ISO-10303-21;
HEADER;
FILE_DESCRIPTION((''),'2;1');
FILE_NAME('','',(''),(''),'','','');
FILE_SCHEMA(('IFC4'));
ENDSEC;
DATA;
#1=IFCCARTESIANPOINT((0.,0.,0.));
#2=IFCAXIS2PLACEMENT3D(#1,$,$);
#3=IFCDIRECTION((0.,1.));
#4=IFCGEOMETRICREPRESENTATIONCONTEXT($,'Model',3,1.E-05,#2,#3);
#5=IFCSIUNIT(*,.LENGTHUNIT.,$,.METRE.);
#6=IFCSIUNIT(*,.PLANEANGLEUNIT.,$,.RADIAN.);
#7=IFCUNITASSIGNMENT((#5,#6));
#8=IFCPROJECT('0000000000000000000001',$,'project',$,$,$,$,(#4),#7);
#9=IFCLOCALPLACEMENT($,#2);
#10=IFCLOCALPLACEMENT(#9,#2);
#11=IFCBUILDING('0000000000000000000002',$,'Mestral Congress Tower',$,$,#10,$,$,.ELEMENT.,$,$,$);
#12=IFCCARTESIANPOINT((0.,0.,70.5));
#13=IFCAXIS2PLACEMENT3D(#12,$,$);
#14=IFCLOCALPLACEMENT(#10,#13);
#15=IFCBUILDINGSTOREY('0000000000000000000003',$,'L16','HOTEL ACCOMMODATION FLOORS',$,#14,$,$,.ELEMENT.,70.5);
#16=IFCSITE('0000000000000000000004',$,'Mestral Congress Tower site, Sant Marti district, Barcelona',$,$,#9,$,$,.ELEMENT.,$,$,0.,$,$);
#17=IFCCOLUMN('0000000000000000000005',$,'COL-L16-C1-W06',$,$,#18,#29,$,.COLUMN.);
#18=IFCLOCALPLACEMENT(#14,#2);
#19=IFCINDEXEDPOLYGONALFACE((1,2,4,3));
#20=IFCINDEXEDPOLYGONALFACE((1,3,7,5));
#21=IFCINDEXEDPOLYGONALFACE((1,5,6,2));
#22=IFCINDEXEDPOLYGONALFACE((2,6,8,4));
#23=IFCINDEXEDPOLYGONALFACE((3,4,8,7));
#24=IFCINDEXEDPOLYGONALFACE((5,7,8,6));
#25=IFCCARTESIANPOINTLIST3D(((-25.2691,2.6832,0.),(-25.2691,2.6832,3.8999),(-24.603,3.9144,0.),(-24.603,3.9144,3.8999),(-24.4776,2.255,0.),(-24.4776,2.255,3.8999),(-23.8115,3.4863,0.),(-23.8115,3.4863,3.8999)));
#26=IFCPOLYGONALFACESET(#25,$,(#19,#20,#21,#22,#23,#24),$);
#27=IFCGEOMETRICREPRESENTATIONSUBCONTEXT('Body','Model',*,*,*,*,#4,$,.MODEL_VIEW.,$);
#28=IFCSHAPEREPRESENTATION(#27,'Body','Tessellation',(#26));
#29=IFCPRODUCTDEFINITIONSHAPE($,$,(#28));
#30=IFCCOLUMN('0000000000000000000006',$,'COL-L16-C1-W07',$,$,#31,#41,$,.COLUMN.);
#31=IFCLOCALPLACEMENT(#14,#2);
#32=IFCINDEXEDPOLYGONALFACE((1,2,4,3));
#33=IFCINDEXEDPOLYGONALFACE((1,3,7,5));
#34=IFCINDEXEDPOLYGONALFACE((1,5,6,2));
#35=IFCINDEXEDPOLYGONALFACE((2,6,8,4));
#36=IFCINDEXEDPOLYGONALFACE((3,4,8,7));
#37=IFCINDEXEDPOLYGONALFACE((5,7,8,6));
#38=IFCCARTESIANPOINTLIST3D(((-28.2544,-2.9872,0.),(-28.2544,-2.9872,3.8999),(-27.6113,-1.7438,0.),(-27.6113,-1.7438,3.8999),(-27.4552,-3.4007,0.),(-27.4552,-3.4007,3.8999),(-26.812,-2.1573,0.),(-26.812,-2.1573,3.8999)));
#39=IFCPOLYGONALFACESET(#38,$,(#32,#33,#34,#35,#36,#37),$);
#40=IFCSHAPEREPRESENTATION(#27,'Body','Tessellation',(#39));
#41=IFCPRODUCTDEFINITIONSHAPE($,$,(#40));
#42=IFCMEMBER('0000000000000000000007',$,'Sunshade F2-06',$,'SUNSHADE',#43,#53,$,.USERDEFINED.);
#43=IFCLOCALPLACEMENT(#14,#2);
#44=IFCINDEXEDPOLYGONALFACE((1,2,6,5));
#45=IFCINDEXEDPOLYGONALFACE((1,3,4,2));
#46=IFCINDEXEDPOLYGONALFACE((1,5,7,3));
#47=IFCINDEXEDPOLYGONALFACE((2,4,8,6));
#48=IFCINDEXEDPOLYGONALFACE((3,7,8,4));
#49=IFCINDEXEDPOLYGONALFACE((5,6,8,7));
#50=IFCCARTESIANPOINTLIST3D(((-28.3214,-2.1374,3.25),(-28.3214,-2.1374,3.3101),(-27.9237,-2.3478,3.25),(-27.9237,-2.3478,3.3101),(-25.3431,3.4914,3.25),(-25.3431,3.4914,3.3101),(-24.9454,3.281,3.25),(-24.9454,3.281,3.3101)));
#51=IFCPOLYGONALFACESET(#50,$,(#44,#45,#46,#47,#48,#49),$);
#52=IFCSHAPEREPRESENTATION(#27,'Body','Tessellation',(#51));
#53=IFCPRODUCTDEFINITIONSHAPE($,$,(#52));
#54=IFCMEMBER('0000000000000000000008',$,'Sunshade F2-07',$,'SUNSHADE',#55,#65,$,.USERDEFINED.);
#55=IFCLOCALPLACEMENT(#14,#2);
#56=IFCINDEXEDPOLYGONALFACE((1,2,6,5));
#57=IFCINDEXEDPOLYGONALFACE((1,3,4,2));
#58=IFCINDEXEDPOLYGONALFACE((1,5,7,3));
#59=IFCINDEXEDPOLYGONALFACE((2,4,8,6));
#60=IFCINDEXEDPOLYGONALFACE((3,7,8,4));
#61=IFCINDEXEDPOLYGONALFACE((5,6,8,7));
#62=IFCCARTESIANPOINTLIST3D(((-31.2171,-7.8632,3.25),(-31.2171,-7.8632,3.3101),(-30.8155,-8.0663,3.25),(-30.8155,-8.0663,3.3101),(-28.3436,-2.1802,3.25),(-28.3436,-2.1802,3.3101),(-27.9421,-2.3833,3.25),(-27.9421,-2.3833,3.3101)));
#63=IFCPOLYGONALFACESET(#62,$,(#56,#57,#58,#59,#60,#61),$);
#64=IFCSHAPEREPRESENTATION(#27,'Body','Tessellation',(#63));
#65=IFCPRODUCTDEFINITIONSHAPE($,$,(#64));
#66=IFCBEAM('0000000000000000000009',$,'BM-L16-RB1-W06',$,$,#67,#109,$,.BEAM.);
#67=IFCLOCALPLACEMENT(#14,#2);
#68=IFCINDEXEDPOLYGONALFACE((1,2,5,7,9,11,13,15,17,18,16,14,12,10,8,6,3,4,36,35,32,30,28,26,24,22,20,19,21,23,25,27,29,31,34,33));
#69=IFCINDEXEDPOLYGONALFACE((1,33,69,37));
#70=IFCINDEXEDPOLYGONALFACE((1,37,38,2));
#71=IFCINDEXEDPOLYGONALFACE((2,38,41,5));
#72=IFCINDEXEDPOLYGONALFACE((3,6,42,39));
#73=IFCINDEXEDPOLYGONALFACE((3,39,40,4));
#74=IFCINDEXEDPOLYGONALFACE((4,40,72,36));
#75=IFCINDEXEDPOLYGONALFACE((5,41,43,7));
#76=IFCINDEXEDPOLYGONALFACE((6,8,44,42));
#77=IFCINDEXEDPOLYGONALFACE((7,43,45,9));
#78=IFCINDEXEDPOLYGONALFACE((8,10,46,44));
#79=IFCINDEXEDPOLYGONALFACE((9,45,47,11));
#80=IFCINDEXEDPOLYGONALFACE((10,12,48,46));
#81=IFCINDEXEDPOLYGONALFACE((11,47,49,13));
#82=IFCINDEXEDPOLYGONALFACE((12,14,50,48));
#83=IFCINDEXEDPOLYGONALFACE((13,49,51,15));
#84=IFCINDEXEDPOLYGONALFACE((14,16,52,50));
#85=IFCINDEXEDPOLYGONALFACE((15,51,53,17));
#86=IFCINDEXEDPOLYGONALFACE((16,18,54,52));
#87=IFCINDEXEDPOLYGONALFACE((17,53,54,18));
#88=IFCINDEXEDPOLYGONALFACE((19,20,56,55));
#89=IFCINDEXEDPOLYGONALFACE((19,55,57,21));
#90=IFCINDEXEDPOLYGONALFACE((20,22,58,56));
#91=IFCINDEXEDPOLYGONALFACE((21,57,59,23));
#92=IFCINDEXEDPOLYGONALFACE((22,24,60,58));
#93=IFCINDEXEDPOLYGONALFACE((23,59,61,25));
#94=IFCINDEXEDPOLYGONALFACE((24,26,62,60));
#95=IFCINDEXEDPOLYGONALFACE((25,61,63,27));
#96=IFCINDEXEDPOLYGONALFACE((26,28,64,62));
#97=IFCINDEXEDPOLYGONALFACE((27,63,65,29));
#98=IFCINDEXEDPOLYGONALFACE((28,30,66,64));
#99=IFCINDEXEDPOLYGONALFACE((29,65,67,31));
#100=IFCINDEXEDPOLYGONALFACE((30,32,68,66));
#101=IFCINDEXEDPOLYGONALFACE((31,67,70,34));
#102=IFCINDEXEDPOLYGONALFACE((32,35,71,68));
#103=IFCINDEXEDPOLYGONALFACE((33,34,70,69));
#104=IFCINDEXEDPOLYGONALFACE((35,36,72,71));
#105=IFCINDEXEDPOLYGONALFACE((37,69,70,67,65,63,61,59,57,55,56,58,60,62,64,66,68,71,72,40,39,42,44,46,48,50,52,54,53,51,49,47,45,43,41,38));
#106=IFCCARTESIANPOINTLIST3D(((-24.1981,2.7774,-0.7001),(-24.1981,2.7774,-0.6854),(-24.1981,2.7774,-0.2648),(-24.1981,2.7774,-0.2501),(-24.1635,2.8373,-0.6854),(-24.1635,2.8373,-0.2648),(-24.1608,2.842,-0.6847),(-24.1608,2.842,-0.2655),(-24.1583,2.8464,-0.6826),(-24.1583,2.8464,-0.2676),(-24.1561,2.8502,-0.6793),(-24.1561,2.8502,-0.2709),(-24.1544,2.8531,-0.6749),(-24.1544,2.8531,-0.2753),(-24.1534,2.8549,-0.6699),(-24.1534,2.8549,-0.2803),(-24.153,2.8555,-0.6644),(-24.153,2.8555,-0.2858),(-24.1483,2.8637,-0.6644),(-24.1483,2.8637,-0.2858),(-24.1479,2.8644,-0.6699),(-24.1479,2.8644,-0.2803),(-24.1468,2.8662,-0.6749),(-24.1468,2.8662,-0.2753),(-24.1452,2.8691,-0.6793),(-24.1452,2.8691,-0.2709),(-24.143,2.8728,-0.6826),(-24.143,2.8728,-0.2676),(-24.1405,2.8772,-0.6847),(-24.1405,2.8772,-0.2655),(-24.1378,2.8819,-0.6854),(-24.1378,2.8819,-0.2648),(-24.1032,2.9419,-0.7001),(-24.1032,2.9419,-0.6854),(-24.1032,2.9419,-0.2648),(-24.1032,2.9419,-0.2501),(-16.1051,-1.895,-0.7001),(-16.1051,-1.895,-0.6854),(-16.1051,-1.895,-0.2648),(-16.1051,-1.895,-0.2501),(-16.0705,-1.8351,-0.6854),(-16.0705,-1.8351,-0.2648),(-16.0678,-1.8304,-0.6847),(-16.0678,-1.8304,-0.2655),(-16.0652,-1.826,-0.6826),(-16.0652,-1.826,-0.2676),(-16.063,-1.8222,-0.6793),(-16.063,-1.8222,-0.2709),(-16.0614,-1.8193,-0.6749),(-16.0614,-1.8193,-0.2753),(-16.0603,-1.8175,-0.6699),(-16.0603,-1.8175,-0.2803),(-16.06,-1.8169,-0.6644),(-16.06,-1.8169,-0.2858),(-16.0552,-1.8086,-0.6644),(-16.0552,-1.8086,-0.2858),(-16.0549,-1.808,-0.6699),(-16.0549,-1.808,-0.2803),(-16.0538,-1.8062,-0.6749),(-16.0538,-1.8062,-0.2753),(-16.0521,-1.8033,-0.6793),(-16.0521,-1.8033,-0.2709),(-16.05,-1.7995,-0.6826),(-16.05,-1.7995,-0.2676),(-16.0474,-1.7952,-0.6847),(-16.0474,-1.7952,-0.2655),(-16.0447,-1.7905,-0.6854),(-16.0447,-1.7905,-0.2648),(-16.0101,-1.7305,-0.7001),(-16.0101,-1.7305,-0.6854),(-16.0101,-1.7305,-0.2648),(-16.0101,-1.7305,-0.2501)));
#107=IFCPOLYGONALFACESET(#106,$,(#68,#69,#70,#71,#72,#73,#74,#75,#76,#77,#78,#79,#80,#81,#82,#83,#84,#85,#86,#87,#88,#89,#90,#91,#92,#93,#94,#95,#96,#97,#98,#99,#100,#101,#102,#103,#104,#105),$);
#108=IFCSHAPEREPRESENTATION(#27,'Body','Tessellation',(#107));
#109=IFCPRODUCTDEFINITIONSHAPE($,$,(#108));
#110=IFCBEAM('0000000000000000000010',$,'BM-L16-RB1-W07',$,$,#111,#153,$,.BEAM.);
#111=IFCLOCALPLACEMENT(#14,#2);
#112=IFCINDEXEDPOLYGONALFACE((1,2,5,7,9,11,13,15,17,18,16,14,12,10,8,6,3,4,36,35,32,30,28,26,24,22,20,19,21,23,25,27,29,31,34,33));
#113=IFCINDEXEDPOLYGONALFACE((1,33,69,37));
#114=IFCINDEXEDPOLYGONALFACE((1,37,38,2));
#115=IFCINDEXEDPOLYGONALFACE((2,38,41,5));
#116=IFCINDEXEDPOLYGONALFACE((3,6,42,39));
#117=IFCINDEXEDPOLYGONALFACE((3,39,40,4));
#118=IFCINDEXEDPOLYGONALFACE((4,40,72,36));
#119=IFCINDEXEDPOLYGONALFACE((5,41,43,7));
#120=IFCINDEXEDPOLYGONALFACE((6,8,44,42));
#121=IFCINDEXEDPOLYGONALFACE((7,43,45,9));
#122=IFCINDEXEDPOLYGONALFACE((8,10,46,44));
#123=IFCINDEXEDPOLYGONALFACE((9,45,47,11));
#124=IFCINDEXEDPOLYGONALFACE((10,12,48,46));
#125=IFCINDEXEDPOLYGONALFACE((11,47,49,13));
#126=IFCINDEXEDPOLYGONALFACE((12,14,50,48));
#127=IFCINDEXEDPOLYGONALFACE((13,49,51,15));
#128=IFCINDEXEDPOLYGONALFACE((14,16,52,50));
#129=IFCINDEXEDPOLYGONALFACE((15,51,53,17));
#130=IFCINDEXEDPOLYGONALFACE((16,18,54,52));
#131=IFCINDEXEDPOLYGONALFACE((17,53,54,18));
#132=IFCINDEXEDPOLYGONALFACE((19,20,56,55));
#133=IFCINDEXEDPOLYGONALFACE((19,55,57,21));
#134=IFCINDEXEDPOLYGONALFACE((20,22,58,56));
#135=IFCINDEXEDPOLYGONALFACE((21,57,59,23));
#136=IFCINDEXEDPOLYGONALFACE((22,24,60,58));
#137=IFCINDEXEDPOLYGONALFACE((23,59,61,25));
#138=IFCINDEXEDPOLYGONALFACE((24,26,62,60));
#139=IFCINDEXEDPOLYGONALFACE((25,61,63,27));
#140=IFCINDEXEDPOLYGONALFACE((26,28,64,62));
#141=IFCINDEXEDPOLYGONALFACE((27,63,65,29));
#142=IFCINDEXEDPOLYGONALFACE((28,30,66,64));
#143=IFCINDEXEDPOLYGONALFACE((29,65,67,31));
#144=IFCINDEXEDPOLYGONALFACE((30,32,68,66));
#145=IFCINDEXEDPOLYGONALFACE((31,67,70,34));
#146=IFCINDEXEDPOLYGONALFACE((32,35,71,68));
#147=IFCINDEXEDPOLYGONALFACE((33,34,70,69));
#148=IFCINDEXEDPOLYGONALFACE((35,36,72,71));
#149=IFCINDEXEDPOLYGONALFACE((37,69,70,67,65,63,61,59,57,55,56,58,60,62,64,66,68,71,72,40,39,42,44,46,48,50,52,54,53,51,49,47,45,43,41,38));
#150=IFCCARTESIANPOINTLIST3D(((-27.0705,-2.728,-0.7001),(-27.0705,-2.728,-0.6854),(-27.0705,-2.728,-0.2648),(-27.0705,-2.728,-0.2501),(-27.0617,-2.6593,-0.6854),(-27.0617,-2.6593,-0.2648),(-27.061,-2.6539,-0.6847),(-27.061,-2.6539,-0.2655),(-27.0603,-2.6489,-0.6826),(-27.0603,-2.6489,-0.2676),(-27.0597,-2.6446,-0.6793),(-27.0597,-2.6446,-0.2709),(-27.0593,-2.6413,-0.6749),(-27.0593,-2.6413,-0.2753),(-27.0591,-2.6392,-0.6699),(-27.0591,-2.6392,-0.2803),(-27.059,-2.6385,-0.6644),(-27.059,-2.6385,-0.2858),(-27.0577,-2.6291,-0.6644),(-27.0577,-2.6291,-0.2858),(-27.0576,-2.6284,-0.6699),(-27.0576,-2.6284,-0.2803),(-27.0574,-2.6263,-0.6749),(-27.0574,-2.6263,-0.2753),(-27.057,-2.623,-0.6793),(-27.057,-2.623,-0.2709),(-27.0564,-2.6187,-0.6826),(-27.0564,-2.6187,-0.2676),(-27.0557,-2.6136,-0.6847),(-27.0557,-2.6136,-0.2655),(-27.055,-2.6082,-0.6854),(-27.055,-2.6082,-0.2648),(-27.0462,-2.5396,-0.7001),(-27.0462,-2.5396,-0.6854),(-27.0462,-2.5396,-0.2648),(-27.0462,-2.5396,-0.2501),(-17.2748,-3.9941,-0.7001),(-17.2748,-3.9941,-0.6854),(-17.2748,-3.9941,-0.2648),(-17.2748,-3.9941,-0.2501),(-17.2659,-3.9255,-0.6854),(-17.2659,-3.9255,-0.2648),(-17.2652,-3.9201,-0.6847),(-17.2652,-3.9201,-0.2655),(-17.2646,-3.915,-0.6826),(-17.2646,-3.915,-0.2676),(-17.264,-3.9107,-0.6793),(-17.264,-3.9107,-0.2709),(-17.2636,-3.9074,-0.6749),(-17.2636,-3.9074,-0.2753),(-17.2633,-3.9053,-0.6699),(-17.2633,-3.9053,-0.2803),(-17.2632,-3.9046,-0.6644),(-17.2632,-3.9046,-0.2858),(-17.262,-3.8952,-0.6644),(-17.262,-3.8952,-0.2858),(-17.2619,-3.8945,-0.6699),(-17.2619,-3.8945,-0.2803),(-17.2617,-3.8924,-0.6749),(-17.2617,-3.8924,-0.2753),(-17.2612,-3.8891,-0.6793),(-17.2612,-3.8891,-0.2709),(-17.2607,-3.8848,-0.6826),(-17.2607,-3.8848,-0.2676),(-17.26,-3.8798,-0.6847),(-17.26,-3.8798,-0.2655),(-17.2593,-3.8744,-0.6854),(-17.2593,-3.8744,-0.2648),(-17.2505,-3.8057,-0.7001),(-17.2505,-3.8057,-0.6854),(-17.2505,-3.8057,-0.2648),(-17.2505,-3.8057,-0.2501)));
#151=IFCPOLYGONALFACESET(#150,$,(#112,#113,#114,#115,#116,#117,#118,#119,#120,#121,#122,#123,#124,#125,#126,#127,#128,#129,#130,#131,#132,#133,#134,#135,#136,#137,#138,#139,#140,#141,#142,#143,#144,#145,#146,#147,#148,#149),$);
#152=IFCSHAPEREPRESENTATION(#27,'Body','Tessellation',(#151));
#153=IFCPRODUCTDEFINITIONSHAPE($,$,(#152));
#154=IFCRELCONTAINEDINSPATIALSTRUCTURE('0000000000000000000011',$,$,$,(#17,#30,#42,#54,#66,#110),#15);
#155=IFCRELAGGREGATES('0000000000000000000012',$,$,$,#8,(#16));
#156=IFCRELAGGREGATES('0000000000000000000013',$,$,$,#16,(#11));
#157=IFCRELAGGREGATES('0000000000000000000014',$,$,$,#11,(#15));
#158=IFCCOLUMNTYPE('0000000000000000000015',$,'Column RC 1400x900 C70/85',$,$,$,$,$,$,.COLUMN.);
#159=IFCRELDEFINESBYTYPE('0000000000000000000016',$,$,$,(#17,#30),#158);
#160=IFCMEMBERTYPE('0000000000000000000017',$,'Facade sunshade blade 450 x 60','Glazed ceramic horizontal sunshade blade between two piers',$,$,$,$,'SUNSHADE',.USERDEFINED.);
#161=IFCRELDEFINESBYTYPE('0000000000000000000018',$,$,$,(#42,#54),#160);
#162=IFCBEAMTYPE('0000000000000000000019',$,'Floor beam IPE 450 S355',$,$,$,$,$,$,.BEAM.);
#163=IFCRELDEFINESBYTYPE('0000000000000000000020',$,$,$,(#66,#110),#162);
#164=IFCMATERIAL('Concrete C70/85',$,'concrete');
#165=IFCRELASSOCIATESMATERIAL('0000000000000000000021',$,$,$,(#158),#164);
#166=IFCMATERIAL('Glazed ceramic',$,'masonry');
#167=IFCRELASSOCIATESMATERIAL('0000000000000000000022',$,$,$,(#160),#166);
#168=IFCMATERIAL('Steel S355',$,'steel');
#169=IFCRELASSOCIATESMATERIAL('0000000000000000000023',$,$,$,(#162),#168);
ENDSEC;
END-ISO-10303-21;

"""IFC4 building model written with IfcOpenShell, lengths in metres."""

from ifc_helpers import new_model, si_unit, direction, frame, origin, origin_2d, place, context, subcontext, project, spatial, rectangle, i_section, extrude, material, material_profile, profile_set, type_object, element, save


model = new_model("IFC4")

# Units and contexts
model_context = context("Model", 3, precision=1e-05, world=origin(), true_north=direction((0.0, 1.0)))
body_context = subcontext(model_context, "Body", "Model", "MODEL_VIEW")
ifc_project = project(units=[si_unit("LENGTHUNIT", "METRE"), si_unit("PLANEANGLEUNIT", "RADIAN")], contexts=[model_context])

# Site, building, storey
site_placement = place(None, origin())
site = spatial("IfcSite", under=ifc_project, at=site_placement, Name="Mestral Congress Tower site, Sant Marti district, Barcelona", CompositionType="ELEMENT", RefElevation=0.0)
building_placement = place(site_placement, origin())
building = spatial("IfcBuilding", under=site, at=building_placement, Name="Mestral Congress Tower", CompositionType="ELEMENT")
storey_placement = place(building_placement, frame((0.0, 0.0, 70.5)))
storey = spatial("IfcBuildingStorey", under=building, at=storey_placement, Name="L16", Description="HOTEL ACCOMMODATION FLOORS", CompositionType="ELEMENT", Elevation=70.5)

# Columns
ifc_material_1 = material(Name="Concrete C70/85", Category="concrete")
ifc_material_profile_1 = material_profile(ifc_material_1, rectangle(XDim=1.3999, YDim=0.8999, at=origin_2d()), Name="RC 1400x900")
ifc_profile_set_1 = profile_set([ifc_material_profile_1], Name="Concrete C70/85")
column_type = type_object("IfcColumnType", Name="Column RC 1400x900 C70/85", PredefinedType="COLUMN", material=ifc_profile_set_1)
for number, where, z_axis, x_axis, name in (
    (1, (-24.5403, 3.0847, 0.0), (0.0, 0.0, 1.0), (-0.475796, -0.879556, 0.0), "COL-L16-C1-W06"),
    (2, (-27.5332, -2.5723, 0.0), (0.0, 0.0, 1.0), (-0.459456, -0.888201, 0.0), "COL-L16-C1-W07"),
):
    element("IfcColumn", number, at=place(storey_placement, frame(where, z_axis=z_axis, x_axis=x_axis)), inside=storey, type_object=column_type, Name=name, PredefinedType="COLUMN", context=body_context, shape_type="SweptSolid", body=[
        extrude(rectangle(XDim=1.3999, YDim=0.8999, at=origin_2d()), origin(), (0.0, 0.0, 1.0), 3.8999),
    ])

# Members
ifc_material_2 = material(Name="Glazed ceramic", Category="masonry")
ifc_material_profile_2 = material_profile(ifc_material_2, rectangle(XDim=0.45, YDim=0.0601, at=origin_2d()), Name="Ceramic blade 450 x 60")
ifc_profile_set_2 = profile_set([ifc_material_profile_2], Name="Glazed ceramic")
member_type = type_object("IfcMemberType", Name="Facade sunshade blade 450 x 60", Description="Glazed ceramic horizontal sunshade blade between two piers", ElementType="SUNSHADE", PredefinedType="USERDEFINED", material=ifc_profile_set_2)
for number, where, z_axis, x_axis, name in (
    (3, (-25.1443, 3.3862, 3.28), (-0.467675, -0.883901, 0.0), (0.883901, -0.467675, 0.0), "Sunshade F2-06"),
    (4, (-28.1428, -2.2817, 3.28), (-0.451227, -0.892409, 0.0), (0.892409, -0.451227, 0.0), "Sunshade F2-07"),
):
    element("IfcMember", number, at=place(storey_placement, frame(where, z_axis=z_axis, x_axis=x_axis)), inside=storey, type_object=member_type, Name=name, ObjectType="SUNSHADE", PredefinedType="USERDEFINED", context=body_context, shape_type="SweptSolid", body=[
        extrude(rectangle(XDim=0.45, YDim=0.0601, at=origin_2d()), origin(), (0.0, 0.0, 1.0), 6.3682),
    ])

# Beams
ifc_material_3 = material(Name="Steel S355", Category="steel")
ifc_material_profile_3 = material_profile(ifc_material_3, i_section(OverallWidth=0.1899, OverallDepth=0.45, WebThickness=0.0095, FlangeThickness=0.0146, FilletRadius=0.021, at=origin_2d()), Name="IPE 450")
ifc_profile_set_3 = profile_set([ifc_material_profile_3], Name="Steel S355")
beam_type_1 = type_object("IfcBeamType", Name="Floor beam IPE 450 S355", PredefinedType="BEAM", material=ifc_profile_set_3)
beam_1_placement = place(storey_placement, frame((-24.1506, 2.8596, -0.4751), z_axis=(0.866032, -0.499989, 0.0), x_axis=(0.499989, 0.866032, 0.0)))
element("IfcBeam", 5, at=beam_1_placement, inside=storey, type_object=beam_type_1, Name="BM-L16-RB1-W06", PredefinedType="BEAM", context=body_context, shape_type="SweptSolid", body=[
    extrude(i_section(OverallWidth=0.1899, OverallDepth=0.45, WebThickness=0.0095, FlangeThickness=0.0146, FilletRadius=0.021, at=origin_2d()), origin(), (0.0, 0.0, 1.0), 9.345),
])
beam_2_placement = place(storey_placement, frame((-27.0583, -2.6338, -0.4751), z_axis=(0.99175, -0.128186, 0.0), x_axis=(0.128186, 0.99175, 0.0)))
element("IfcBeam", 6, at=beam_2_placement, inside=storey, type_object=beam_type_1, Name="BM-L16-RB1-W07", PredefinedType="BEAM", context=body_context, shape_type="SweptSolid", body=[
    extrude(i_section(OverallWidth=0.1899, OverallDepth=0.45, WebThickness=0.0095, FlangeThickness=0.0146, FilletRadius=0.021, at=origin_2d()), origin(), (0.0, 0.0, 1.0), 9.8772),
])

save(model, "model.ifc")
